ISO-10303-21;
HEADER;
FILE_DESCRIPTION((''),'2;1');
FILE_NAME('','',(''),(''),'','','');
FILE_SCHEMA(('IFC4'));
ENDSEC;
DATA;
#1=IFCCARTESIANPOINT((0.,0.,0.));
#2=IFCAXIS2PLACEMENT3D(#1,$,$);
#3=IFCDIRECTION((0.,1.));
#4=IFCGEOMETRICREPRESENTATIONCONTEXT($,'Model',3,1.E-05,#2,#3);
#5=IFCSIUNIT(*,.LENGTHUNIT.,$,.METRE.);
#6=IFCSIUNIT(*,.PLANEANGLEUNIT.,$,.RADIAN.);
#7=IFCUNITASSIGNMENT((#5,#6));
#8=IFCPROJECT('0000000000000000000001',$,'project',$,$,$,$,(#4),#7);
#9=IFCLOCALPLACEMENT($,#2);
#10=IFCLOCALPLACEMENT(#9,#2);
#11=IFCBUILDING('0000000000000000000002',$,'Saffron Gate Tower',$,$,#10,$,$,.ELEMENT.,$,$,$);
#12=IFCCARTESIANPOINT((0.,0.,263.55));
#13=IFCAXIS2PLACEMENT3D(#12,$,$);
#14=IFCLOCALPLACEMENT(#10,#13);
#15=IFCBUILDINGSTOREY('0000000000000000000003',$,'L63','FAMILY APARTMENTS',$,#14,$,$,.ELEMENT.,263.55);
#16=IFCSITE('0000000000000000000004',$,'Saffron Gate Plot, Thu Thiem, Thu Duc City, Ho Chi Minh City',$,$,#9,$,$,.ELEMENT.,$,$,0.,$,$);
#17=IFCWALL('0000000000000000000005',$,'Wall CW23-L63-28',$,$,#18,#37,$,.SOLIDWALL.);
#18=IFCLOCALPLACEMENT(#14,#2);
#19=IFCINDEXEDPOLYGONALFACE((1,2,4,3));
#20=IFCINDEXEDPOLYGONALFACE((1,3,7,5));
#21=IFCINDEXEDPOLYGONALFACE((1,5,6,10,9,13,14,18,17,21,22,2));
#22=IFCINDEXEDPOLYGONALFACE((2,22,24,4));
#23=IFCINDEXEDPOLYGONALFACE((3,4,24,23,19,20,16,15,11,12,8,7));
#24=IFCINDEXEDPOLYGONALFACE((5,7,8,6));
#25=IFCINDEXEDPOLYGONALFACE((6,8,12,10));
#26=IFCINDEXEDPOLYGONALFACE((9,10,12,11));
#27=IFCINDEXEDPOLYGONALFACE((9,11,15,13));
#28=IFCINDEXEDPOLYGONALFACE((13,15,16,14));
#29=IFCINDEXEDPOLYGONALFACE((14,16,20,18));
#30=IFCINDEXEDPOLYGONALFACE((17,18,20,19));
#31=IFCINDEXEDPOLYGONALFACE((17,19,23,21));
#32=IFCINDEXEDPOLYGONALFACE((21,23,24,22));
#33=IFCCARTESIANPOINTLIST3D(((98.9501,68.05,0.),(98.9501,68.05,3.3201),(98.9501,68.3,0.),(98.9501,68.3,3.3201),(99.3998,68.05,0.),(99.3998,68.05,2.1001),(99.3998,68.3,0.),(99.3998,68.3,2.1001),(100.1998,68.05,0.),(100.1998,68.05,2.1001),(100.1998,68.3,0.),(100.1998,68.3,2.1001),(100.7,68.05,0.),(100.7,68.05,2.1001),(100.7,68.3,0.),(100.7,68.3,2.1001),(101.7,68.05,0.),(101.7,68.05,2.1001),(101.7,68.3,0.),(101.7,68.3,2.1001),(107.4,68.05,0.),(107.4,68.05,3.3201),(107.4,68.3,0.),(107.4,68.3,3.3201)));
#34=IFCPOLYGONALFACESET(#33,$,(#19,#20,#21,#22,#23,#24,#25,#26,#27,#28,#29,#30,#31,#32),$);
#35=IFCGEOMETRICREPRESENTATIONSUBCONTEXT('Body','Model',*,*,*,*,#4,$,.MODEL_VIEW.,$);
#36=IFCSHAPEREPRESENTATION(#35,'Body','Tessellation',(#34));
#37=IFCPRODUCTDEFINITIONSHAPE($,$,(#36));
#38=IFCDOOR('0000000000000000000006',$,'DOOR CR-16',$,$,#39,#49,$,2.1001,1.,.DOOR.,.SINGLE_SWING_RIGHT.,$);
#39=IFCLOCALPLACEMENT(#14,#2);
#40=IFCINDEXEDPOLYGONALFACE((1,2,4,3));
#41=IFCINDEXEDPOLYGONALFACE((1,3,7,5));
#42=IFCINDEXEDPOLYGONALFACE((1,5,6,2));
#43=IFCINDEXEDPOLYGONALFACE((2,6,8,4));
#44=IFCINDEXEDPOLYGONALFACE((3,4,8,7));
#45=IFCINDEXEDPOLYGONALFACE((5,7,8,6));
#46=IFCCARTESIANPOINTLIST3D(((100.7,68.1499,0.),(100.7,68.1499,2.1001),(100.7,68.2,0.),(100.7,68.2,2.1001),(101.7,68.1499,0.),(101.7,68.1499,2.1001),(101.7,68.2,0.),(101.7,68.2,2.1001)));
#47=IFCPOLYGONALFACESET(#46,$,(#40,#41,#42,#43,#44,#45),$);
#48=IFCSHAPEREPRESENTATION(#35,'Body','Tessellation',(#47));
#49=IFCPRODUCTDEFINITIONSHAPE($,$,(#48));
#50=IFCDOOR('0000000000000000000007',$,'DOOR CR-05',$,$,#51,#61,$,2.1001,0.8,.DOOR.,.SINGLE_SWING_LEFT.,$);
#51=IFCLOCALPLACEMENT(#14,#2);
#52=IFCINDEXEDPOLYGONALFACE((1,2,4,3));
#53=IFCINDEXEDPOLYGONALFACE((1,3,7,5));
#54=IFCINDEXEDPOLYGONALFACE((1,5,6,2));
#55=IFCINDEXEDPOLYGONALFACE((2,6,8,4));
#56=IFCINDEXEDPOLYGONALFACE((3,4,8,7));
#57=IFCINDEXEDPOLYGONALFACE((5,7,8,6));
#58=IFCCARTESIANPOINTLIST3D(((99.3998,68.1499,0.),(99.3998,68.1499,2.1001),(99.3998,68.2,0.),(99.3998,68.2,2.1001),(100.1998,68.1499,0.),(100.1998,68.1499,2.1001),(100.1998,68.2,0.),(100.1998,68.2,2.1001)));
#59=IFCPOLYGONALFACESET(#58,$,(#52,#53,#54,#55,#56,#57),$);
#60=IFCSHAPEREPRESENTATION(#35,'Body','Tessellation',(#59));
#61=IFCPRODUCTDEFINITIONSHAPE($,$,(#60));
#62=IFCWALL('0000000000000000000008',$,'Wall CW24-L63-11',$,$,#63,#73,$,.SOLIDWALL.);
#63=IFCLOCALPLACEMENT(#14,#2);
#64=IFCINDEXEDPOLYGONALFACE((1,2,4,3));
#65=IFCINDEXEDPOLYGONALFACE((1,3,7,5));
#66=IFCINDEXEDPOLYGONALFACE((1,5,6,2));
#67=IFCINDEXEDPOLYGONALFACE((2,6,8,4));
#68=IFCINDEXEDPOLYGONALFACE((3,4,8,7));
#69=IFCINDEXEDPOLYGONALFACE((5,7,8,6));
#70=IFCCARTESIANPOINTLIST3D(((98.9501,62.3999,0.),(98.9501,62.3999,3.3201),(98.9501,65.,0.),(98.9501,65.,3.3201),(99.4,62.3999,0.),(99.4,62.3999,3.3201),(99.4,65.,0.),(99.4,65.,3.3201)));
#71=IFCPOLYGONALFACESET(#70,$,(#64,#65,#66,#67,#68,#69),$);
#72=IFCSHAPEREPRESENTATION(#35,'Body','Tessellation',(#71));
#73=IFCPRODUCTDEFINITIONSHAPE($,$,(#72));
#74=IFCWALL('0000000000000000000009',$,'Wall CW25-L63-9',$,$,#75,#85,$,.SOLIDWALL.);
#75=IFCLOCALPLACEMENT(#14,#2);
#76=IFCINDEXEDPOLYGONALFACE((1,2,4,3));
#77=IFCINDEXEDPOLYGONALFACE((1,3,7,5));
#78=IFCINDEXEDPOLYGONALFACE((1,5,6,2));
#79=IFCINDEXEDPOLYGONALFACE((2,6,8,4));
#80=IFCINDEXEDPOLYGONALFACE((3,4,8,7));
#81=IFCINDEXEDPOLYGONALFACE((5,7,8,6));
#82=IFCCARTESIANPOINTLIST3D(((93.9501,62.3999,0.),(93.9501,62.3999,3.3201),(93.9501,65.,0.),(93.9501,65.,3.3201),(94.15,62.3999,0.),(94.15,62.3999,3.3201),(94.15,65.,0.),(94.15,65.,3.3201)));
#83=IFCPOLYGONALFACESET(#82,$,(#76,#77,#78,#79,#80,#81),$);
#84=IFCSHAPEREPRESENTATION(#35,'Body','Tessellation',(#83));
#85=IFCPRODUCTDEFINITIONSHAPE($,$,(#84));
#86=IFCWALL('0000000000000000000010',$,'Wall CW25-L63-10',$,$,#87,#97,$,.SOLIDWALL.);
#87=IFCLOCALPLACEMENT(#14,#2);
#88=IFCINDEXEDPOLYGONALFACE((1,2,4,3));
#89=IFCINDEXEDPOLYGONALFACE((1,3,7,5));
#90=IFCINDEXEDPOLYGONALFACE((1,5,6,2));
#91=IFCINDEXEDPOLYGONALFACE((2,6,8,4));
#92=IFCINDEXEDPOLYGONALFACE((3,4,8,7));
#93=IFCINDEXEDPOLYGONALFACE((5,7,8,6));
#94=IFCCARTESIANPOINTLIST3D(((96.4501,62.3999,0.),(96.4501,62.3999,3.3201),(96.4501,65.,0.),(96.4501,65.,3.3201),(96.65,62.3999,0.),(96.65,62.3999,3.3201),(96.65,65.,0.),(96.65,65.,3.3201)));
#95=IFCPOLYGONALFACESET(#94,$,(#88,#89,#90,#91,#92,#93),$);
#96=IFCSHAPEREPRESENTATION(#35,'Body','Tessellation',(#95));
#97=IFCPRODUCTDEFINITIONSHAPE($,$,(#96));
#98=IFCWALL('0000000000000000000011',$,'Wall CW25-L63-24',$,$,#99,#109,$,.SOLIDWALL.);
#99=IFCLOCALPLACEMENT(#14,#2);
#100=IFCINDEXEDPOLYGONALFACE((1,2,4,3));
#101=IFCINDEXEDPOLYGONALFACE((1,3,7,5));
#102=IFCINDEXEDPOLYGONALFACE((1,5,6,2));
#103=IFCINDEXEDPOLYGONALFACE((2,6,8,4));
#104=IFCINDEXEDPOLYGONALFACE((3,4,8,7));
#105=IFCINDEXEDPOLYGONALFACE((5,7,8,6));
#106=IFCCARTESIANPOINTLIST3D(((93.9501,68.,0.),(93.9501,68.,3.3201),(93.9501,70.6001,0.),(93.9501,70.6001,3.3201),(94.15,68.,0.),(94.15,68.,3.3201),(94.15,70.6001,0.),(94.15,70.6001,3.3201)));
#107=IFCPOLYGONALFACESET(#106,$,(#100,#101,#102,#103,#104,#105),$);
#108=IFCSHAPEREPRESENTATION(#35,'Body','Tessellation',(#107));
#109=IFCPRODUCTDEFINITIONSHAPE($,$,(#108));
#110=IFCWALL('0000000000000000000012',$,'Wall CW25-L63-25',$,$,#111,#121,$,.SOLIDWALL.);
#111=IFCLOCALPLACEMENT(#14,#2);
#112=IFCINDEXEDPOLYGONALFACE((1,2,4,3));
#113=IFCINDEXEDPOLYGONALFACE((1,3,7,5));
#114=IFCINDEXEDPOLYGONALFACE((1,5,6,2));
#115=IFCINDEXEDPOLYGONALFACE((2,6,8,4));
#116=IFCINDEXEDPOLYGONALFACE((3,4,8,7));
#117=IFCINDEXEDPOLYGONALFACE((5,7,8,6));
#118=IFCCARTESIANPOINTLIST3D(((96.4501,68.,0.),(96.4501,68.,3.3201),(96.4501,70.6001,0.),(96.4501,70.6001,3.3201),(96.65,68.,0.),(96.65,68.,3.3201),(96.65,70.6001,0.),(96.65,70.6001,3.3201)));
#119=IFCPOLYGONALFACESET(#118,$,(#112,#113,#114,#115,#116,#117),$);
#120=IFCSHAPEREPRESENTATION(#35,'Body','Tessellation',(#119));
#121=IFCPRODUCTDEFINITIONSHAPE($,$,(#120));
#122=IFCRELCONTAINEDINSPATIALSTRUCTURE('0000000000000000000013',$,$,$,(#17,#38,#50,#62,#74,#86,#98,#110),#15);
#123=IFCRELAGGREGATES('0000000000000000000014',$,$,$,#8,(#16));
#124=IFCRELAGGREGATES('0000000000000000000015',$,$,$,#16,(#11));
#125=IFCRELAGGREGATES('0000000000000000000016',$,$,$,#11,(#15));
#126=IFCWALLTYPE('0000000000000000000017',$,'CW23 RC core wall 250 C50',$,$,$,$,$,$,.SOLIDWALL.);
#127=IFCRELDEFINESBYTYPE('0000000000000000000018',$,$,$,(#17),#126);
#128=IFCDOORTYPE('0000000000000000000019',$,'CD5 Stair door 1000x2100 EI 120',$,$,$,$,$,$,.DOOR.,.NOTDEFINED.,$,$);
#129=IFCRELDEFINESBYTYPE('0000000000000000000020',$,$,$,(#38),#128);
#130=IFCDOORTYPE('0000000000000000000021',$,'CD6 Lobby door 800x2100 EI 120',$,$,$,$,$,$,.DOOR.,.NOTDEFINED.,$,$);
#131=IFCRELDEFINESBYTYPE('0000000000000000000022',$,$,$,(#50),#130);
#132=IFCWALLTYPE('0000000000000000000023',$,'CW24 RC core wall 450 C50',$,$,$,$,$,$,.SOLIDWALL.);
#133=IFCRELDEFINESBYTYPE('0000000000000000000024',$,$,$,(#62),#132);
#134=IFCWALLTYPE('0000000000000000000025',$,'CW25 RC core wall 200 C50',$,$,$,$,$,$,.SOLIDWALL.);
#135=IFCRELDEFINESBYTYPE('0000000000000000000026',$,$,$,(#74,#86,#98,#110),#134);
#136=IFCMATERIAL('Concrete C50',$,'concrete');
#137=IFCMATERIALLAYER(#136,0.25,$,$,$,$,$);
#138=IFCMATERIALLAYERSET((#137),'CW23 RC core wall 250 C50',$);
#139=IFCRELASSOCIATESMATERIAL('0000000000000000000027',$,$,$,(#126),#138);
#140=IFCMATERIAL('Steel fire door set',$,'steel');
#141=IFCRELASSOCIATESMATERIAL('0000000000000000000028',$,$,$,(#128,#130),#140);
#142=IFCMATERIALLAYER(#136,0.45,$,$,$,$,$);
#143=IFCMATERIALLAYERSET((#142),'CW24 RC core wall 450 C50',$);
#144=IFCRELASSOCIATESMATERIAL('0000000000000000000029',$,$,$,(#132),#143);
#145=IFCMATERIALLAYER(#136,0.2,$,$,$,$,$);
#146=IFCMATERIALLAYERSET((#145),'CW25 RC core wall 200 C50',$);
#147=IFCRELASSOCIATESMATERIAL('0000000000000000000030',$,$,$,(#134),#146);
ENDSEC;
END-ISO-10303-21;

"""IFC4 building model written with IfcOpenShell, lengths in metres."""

from ifc_helpers import new_model, si_unit, direction, frame, frame_2d, origin, place, context, subcontext, project, spatial, rectangle, extrude, material, layer, layer_set, type_object, element, fill, save


model = new_model("IFC4")

# Units and contexts
model_context = context("Model", 3, precision=1e-05, world=origin(), true_north=direction((0.0, 1.0)))
body_context = subcontext(model_context, "Body", "Model", "MODEL_VIEW")
ifc_project = project(units=[si_unit("LENGTHUNIT", "METRE"), si_unit("PLANEANGLEUNIT", "RADIAN")], contexts=[model_context])

# Site, building, storey
site_placement = place(None, origin())
site = spatial("IfcSite", under=ifc_project, at=site_placement, Name="Saffron Gate Plot, Thu Thiem, Thu Duc City, Ho Chi Minh City", CompositionType="ELEMENT", RefElevation=0.0)
building_placement = place(site_placement, origin())
building = spatial("IfcBuilding", under=site, at=building_placement, Name="Saffron Gate Tower", CompositionType="ELEMENT")
storey_placement = place(building_placement, frame((0.0, 0.0, 263.55)))
storey = spatial("IfcBuildingStorey", under=building, at=storey_placement, Name="L63", Description="FAMILY APARTMENTS", CompositionType="ELEMENT", Elevation=263.55)

# Wall, openings, doors
ifc_material_1 = material(Name="Concrete C50", Category="concrete")
ifc_layer_1 = layer(ifc_material_1, 0.25)
ifc_layer_set_1 = layer_set([ifc_layer_1], Name="CW23 RC core wall 250 C50")
wall_type_1 = type_object("IfcWallType", Name="CW23 RC core wall 250 C50", PredefinedType="SOLIDWALL", material=ifc_layer_set_1)
wall_1_placement = place(storey_placement, frame((98.95, 68.175, 0.0), z_axis=(0.0, 0.0, 1.0), x_axis=(1.0, 0.0, 0.0)))
wall_1 = element("IfcWall", 1, at=wall_1_placement, inside=storey, type_object=wall_type_1, Name="Wall CW23-L63-28", PredefinedType="SOLIDWALL", context=body_context, shape_type="SweptSolid", body=[
    extrude(rectangle(XDim=8.45, YDim=0.25, at=frame_2d((4.2251, 0.0))), origin(), (0.0, 0.0, 1.0), 3.3201),
])
opening_1_placement = place(wall_1_placement, frame((0.45, 0.0, 0.0)))
opening_1 = element("IfcOpeningElement", 2, at=opening_1_placement, cuts=wall_1, PredefinedType="OPENING", context=body_context, shape_type="SweptSolid", body=[
    extrude(rectangle(XDim=0.8, YDim=2.1001, at=frame_2d((0.3999, 1.05))), frame((0.0, 0.135, 0.0), z_axis=(0.0, -1.0, 0.0), x_axis=(1.0, 0.0, 0.0)), (0.0, 0.0, 1.0), 0.27),
])
opening_2_placement = place(wall_1_placement, frame((1.75, 0.0, 0.0)))
opening_2 = element("IfcOpeningElement", 3, at=opening_2_placement, cuts=wall_1, PredefinedType="OPENING", context=body_context, shape_type="SweptSolid", body=[
    extrude(rectangle(XDim=1.0, YDim=2.1001, at=frame_2d((0.5, 1.05))), frame((0.0, 0.135, 0.0), z_axis=(0.0, -1.0, 0.0), x_axis=(1.0, 0.0, 0.0)), (0.0, 0.0, 1.0), 0.27),
])
ifc_material_2 = material(Name="Steel fire door set", Category="steel")
door_type_1 = type_object("IfcDoorType", Name="CD5 Stair door 1000x2100 EI 120", OperationType="NOTDEFINED", PredefinedType="DOOR", material=ifc_material_2)
door_1_placement = place(opening_2_placement, origin())
door_1 = element("IfcDoor", 4, at=door_1_placement, inside=storey, type_object=door_type_1, Name="DOOR CR-16", OperationType="SINGLE_SWING_RIGHT", OverallHeight=2.1001, OverallWidth=1.0, PredefinedType="DOOR", context=body_context, shape_type="SweptSolid", body=[
    extrude(rectangle(XDim=1.0, YDim=2.1001, at=frame_2d((0.5, 1.05))), frame((0.0, 0.0249, 0.0), z_axis=(0.0, -1.0, 0.0), x_axis=(1.0, 0.0, 0.0)), (0.0, 0.0, 1.0), 0.05),
])
fill(opening_2, door_1)
door_type_2 = type_object("IfcDoorType", Name="CD6 Lobby door 800x2100 EI 120", OperationType="NOTDEFINED", PredefinedType="DOOR", material=ifc_material_2)
door_2_placement = place(opening_1_placement, origin())
door_2 = element("IfcDoor", 5, at=door_2_placement, inside=storey, type_object=door_type_2, Name="DOOR CR-05", OperationType="SINGLE_SWING_LEFT", OverallHeight=2.1001, OverallWidth=0.8, PredefinedType="DOOR", context=body_context, shape_type="SweptSolid", body=[
    extrude(rectangle(XDim=0.8, YDim=2.1001, at=frame_2d((0.3999, 1.05))), frame((0.0, 0.0249, 0.0), z_axis=(0.0, -1.0, 0.0), x_axis=(1.0, 0.0, 0.0)), (0.0, 0.0, 1.0), 0.05),
])
fill(opening_1, door_2)

# Walls
ifc_layer_2 = layer(ifc_material_1, 0.45)
ifc_layer_set_2 = layer_set([ifc_layer_2], Name="CW24 RC core wall 450 C50")
wall_type_2 = type_object("IfcWallType", Name="CW24 RC core wall 450 C50", PredefinedType="SOLIDWALL", material=ifc_layer_set_2)
wall_2_placement = place(storey_placement, frame((99.175, 62.3999, 0.0), z_axis=(0.0, 0.0, 1.0), x_axis=(0.0, 1.0, 0.0)))
element("IfcWall", 6, at=wall_2_placement, inside=storey, type_object=wall_type_2, Name="Wall CW24-L63-11", PredefinedType="SOLIDWALL", context=body_context, shape_type="SweptSolid", body=[
    extrude(rectangle(XDim=2.6001, YDim=0.45, at=frame_2d((1.3, 0.0))), origin(), (0.0, 0.0, 1.0), 3.3201),
])
ifc_layer_3 = layer(ifc_material_1, 0.2)
ifc_layer_set_3 = layer_set([ifc_layer_3], Name="CW25 RC core wall 200 C50")
wall_type_3 = type_object("IfcWallType", Name="CW25 RC core wall 200 C50", PredefinedType="SOLIDWALL", material=ifc_layer_set_3)
for number, where, z_axis, x_axis, name in (
    (7, (94.05, 62.3999, 0.0), (0.0, 0.0, 1.0), (0.0, 1.0, 0.0), "Wall CW25-L63-9"),
    (8, (96.55, 62.3999, 0.0), (0.0, 0.0, 1.0), (0.0, 1.0, 0.0), "Wall CW25-L63-10"),
    (9, (94.05, 68.0, 0.0), (0.0, 0.0, 1.0), (0.0, 1.0, 0.0), "Wall CW25-L63-24"),
    (10, (96.55, 68.0, 0.0), (0.0, 0.0, 1.0), (0.0, 1.0, 0.0), "Wall CW25-L63-25"),
):
    element("IfcWall", number, at=place(storey_placement, frame(where, z_axis=z_axis, x_axis=x_axis)), inside=storey, type_object=wall_type_3, Name=name, PredefinedType="SOLIDWALL", context=body_context, shape_type="SweptSolid", body=[
        extrude(rectangle(XDim=2.6001, YDim=0.2, at=frame_2d((1.3, 0.0))), origin(), (0.0, 0.0, 1.0), 3.3201),
    ])

save(model, "model.ifc")
